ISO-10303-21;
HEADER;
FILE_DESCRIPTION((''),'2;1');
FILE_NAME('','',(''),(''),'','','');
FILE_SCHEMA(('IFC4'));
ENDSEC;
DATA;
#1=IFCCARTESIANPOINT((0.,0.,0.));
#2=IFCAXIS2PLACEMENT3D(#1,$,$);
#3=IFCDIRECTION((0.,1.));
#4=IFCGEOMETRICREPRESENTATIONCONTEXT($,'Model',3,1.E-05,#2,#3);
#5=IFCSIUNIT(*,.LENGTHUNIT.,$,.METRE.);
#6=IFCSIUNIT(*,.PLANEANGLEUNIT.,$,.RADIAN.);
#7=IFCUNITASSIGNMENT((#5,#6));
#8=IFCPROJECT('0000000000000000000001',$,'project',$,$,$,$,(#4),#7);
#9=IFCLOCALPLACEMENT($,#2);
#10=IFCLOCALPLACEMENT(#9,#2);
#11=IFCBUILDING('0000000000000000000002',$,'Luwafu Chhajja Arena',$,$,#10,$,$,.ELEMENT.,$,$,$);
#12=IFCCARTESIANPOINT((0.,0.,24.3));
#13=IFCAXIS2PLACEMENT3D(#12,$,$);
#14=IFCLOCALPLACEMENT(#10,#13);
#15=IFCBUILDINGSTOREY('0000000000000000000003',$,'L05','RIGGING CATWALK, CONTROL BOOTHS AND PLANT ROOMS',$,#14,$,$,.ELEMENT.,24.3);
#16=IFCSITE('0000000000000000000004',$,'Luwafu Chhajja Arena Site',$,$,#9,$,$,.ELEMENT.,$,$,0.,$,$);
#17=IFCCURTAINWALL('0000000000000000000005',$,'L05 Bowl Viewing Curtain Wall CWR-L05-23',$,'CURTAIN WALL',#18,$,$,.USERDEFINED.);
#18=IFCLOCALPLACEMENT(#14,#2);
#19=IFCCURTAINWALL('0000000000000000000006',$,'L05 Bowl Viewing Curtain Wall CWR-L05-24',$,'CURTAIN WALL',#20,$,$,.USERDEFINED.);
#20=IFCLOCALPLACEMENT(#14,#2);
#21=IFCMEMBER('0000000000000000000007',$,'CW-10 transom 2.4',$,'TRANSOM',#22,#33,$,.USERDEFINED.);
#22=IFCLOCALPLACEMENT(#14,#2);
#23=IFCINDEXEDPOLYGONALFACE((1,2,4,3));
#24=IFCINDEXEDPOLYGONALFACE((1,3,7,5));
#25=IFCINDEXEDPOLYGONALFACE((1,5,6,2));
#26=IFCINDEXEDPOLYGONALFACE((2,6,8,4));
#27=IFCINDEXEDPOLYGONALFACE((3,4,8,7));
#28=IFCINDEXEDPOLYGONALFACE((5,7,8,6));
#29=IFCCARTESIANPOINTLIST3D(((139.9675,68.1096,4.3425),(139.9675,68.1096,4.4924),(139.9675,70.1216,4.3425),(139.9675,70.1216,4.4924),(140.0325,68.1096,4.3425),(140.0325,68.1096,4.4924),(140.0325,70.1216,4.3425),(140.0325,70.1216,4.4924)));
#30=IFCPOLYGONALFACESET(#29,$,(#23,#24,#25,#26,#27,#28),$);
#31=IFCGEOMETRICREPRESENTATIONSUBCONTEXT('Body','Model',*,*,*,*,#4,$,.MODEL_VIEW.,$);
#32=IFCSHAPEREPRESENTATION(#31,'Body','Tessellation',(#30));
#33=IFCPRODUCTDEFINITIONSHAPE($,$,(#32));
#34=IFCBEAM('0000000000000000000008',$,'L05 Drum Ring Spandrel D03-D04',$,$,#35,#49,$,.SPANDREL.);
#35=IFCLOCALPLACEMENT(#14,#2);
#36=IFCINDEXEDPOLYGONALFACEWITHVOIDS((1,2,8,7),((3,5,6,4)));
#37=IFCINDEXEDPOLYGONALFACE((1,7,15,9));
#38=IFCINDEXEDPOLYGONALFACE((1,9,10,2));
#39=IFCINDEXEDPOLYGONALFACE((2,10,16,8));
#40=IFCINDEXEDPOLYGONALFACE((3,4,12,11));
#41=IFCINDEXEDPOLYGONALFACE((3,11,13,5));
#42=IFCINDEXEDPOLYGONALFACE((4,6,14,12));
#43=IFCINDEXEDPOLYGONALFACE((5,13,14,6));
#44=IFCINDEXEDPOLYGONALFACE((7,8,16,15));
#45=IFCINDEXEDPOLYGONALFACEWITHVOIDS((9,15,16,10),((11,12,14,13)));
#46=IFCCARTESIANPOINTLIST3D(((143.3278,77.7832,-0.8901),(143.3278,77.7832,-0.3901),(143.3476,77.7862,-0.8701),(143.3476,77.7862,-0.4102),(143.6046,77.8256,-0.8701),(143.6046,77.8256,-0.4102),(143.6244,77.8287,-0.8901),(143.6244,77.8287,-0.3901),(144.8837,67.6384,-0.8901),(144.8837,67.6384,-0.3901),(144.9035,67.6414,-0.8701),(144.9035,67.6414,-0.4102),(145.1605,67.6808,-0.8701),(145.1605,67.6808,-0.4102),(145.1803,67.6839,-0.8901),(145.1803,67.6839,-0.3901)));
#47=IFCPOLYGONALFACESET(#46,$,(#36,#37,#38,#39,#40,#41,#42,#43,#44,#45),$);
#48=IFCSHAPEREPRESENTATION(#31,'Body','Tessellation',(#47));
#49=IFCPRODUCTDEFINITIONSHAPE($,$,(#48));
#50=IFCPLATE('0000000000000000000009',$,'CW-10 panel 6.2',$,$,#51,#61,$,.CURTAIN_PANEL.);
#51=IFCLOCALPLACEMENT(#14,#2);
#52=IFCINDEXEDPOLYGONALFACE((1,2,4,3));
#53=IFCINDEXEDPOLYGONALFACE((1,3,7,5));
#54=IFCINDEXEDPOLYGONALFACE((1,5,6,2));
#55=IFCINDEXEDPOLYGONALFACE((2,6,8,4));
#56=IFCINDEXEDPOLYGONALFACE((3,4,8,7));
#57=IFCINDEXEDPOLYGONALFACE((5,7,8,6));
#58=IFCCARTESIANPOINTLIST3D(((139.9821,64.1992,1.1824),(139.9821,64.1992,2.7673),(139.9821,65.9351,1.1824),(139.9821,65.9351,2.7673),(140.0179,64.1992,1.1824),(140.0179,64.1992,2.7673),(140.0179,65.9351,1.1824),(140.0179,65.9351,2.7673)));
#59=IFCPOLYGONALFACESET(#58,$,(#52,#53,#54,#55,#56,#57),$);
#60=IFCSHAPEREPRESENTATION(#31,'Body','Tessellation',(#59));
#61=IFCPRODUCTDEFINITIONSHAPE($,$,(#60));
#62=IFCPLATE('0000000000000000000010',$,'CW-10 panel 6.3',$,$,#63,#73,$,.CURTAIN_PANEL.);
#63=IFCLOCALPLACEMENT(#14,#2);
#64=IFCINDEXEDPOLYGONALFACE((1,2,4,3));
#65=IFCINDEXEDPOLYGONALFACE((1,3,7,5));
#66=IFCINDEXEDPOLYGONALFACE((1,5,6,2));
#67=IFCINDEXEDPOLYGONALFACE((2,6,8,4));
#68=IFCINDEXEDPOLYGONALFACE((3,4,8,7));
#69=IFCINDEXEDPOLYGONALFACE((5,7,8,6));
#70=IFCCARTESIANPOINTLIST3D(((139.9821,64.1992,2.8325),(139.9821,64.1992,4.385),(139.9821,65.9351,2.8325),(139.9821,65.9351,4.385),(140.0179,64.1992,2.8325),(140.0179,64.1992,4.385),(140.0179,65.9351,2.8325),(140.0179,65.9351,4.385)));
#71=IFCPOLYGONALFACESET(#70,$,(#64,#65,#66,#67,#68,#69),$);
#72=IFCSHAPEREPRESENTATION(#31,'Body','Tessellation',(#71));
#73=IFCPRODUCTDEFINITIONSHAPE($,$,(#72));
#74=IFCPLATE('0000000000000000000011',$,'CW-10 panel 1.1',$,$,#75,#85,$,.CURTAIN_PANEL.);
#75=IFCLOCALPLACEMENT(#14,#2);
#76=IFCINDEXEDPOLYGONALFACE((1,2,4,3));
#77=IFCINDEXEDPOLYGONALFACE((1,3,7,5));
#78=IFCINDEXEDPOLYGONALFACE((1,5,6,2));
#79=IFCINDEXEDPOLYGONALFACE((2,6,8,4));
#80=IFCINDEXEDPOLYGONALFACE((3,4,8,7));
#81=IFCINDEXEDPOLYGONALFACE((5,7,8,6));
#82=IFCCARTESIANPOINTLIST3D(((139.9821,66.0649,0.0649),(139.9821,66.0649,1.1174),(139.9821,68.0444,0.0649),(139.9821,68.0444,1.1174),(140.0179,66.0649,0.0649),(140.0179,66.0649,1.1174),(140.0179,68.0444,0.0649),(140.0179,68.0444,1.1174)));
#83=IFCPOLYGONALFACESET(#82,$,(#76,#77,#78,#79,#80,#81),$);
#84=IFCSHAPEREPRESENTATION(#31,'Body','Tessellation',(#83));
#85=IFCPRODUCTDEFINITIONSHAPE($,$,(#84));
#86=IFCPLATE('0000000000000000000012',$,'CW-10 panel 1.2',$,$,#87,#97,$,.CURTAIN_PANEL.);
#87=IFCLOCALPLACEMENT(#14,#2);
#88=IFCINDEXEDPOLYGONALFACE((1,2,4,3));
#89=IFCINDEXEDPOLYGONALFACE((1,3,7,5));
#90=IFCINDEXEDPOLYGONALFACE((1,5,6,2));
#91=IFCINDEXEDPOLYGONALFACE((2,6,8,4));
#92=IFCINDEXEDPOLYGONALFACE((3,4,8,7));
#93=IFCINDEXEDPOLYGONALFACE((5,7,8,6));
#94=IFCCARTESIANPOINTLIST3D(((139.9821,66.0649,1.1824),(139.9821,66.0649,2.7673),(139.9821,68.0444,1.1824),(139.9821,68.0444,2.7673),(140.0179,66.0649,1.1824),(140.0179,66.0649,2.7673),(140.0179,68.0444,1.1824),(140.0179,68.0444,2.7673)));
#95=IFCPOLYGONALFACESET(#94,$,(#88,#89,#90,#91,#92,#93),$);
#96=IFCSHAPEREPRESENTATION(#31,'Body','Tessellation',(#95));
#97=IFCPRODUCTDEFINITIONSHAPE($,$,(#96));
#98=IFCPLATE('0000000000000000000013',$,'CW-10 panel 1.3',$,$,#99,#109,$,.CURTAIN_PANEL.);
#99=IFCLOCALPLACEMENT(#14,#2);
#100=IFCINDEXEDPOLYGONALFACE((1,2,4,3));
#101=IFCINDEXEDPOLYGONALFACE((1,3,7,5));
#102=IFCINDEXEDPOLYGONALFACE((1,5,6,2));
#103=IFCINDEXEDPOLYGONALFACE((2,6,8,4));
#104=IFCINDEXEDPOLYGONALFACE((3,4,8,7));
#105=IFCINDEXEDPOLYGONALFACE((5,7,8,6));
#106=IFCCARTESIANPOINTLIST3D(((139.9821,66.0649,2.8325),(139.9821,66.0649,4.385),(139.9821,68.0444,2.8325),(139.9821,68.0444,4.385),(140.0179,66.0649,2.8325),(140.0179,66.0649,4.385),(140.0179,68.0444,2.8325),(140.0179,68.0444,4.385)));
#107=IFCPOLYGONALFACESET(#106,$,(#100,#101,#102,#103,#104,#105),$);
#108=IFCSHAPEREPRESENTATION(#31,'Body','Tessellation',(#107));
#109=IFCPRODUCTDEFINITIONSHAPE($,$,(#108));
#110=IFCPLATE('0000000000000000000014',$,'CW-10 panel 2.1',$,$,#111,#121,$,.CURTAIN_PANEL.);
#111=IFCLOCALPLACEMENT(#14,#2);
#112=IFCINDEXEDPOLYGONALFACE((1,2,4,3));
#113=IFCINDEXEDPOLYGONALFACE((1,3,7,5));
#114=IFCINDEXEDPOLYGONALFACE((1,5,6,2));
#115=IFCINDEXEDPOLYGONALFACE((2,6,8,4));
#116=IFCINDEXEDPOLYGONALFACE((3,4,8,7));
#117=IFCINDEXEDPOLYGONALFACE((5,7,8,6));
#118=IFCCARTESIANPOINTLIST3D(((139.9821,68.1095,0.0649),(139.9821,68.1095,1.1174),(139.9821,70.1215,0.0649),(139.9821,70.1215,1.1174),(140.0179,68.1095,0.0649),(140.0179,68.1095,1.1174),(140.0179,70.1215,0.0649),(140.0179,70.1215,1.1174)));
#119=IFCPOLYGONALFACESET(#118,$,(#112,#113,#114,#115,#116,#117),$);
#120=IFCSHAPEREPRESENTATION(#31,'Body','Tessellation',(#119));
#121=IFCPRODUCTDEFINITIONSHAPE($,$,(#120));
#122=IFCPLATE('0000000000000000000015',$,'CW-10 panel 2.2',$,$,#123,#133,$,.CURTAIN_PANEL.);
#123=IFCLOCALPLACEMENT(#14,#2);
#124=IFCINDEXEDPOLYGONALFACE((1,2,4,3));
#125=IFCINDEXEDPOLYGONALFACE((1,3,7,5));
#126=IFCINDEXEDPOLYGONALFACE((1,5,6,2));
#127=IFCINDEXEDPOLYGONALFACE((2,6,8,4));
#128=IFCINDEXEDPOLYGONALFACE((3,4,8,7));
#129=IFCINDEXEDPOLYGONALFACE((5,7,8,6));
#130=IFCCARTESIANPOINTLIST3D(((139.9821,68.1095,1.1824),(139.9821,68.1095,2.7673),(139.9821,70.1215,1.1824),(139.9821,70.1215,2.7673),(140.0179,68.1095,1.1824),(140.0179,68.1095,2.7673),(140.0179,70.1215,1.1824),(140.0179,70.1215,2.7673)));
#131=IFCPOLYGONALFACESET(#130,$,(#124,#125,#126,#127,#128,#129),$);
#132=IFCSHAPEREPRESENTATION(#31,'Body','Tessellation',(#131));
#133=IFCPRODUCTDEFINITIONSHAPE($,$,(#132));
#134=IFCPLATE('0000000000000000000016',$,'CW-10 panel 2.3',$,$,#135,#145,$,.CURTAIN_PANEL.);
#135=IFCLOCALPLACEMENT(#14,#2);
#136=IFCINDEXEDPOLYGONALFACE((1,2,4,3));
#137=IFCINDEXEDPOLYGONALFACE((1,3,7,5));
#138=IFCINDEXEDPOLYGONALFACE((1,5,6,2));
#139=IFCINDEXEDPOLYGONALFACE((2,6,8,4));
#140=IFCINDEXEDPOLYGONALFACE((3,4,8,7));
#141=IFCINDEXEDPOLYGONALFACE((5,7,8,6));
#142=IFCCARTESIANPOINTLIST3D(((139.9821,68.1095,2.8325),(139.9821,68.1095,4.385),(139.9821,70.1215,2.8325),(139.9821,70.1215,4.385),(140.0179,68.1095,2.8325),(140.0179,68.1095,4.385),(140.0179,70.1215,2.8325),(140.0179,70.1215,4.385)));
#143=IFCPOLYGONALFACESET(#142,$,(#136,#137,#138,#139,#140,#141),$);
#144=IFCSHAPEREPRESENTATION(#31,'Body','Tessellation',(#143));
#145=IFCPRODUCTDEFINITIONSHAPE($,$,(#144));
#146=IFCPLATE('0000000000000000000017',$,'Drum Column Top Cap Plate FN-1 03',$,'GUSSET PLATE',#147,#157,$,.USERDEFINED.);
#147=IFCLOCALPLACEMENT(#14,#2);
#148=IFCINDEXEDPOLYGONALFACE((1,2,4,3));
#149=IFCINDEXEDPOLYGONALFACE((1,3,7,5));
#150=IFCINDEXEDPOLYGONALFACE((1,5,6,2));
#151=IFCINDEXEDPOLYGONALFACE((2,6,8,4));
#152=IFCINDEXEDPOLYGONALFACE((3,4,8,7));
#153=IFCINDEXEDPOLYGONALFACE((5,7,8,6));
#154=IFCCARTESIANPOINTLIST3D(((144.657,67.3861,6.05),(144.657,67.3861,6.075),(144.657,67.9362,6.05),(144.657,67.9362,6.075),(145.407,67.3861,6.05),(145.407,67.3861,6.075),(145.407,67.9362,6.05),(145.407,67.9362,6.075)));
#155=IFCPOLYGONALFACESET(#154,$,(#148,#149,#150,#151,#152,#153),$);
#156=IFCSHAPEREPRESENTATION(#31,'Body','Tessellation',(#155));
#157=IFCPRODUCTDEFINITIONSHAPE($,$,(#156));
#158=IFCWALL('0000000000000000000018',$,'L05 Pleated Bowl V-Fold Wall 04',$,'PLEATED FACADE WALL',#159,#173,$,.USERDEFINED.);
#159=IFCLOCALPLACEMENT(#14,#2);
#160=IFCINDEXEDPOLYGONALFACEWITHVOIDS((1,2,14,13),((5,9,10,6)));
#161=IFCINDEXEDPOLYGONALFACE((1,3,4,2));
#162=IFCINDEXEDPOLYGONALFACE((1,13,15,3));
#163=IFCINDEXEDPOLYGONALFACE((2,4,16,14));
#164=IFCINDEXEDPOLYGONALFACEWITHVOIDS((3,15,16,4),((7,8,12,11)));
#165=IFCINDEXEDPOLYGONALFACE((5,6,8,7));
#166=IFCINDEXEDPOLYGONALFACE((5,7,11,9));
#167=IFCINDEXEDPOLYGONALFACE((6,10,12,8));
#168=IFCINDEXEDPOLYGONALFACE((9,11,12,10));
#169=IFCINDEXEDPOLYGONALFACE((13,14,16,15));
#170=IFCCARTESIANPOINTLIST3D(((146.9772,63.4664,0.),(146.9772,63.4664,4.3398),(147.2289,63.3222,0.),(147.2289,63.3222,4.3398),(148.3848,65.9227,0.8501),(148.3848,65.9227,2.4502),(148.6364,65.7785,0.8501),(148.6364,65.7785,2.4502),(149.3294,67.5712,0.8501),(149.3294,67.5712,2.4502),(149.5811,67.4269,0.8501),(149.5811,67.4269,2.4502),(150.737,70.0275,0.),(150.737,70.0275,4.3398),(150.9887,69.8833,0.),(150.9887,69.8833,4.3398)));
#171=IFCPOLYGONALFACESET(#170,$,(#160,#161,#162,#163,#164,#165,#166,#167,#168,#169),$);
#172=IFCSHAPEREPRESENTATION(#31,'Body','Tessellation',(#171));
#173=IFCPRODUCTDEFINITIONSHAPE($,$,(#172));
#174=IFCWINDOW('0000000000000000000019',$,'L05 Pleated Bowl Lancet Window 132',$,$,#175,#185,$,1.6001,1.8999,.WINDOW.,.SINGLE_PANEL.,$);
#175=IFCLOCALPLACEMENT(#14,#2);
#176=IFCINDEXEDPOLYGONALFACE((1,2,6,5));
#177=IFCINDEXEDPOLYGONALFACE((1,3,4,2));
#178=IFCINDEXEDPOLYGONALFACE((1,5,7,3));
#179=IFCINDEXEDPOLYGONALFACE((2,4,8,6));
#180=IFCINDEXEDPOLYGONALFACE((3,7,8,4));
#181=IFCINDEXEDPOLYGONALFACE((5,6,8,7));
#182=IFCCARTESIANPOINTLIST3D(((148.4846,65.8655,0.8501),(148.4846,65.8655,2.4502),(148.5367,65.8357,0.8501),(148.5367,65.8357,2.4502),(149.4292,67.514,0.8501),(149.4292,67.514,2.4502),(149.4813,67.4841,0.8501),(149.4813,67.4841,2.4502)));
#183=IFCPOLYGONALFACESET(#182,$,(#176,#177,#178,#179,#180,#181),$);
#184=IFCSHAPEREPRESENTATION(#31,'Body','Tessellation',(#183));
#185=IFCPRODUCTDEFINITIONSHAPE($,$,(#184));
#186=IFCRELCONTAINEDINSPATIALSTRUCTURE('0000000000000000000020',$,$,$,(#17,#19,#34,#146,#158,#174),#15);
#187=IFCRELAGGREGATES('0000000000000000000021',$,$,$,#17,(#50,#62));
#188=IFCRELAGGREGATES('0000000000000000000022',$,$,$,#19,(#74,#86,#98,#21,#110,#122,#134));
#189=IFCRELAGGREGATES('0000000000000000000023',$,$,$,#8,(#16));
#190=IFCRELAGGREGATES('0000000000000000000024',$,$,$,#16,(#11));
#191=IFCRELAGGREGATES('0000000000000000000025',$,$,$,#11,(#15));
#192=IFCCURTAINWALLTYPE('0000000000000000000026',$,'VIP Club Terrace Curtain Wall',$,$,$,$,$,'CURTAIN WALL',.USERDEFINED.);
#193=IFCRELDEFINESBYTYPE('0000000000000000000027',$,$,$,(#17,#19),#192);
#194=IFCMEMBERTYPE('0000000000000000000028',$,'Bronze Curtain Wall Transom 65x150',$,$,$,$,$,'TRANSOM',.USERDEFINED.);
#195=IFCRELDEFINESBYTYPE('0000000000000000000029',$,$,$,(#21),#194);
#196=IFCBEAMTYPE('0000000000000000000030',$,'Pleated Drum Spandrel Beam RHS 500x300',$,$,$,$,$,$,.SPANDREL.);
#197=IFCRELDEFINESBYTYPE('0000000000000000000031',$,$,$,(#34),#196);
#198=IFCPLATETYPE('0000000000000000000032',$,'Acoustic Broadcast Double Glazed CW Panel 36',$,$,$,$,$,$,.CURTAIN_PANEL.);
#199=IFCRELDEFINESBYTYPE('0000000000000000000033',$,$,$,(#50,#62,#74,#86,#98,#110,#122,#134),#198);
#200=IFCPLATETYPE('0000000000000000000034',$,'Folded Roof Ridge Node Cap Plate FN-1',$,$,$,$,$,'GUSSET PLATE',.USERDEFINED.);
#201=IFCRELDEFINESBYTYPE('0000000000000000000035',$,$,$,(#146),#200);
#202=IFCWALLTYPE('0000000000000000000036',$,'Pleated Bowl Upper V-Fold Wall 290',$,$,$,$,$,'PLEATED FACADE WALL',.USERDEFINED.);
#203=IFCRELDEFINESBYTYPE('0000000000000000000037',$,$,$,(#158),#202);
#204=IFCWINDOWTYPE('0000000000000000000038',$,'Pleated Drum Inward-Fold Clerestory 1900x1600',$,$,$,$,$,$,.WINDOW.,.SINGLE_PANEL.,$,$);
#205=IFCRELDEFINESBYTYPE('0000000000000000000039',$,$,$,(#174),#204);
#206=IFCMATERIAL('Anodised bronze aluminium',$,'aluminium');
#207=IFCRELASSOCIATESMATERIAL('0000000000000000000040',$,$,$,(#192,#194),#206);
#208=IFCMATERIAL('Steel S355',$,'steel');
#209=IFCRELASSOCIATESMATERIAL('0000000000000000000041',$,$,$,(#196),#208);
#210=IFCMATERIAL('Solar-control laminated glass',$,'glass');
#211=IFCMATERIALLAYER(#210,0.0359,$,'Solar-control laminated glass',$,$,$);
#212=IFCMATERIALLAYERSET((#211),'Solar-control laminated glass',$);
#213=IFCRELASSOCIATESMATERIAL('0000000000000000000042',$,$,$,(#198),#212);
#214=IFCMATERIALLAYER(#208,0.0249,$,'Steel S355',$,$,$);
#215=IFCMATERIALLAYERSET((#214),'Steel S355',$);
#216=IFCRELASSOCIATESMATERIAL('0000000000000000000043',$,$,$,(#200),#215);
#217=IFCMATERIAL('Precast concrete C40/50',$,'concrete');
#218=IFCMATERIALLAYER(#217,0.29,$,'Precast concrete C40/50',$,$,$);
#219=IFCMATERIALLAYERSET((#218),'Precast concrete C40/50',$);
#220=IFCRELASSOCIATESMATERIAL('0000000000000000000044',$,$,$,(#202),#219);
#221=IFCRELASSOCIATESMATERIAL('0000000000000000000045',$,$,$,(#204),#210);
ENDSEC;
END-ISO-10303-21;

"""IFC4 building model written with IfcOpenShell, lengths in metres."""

from ifc_helpers import new_model, si_unit, direction, frame, frame_2d, origin, origin_2d, place, context, subcontext, project, spatial, rectangle, hollow_rectangle, extrude, material, layer, layer_set, material_profile, profile_set, type_object, element, fill, aggregate, save


model = new_model("IFC4")

# Units and contexts
model_context = context("Model", 3, precision=1e-05, world=origin(), true_north=direction((0.0, 1.0)))
body_context = subcontext(model_context, "Body", "Model", "MODEL_VIEW")
ifc_project = project(units=[si_unit("LENGTHUNIT", "METRE"), si_unit("PLANEANGLEUNIT", "RADIAN")], contexts=[model_context])

# Site, building, storey
site_placement = place(None, origin())
site = spatial("IfcSite", under=ifc_project, at=site_placement, Name="Luwafu Chhajja Arena Site", CompositionType="ELEMENT", RefElevation=0.0)
building_placement = place(site_placement, origin())
building = spatial("IfcBuilding", under=site, at=building_placement, Name="Luwafu Chhajja Arena", CompositionType="ELEMENT")
storey_placement = place(building_placement, frame((0.0, 0.0, 24.3)))
storey = spatial("IfcBuildingStorey", under=building, at=storey_placement, Name="L05", Description="RIGGING CATWALK, CONTROL BOOTHS AND PLANT ROOMS", CompositionType="ELEMENT", Elevation=24.3)

# Shared definitions
ifc_material_1 = material(Name="Steel S355", Category="steel")

# Curtain wall
ifc_material_2 = material(Name="Anodised bronze aluminium", Category="aluminium")
curtain_wall_type = type_object("IfcCurtainWallType", Name="VIP Club Terrace Curtain Wall", ElementType="CURTAIN WALL", PredefinedType="USERDEFINED", material=ifc_material_2)
curtain_wall_1_placement = place(storey_placement, origin())
curtain_wall_1 = element("IfcCurtainWall", 1, at=curtain_wall_1_placement, inside=storey, type_object=curtain_wall_type, Name="L05 Bowl Viewing Curtain Wall CWR-L05-23", ObjectType="CURTAIN WALL", PredefinedType="USERDEFINED")

# Curtain wall, member
curtain_wall_2_placement = place(storey_placement, origin())
curtain_wall_2 = element("IfcCurtainWall", 2, at=curtain_wall_2_placement, inside=storey, type_object=curtain_wall_type, Name="L05 Bowl Viewing Curtain Wall CWR-L05-24", ObjectType="CURTAIN WALL", PredefinedType="USERDEFINED")
ifc_material_profile_1 = material_profile(ifc_material_2, rectangle(XDim=0.0649, YDim=0.1499, at=origin_2d()), Name="CWT 65x150")
ifc_profile_set_1 = profile_set([ifc_material_profile_1], Name="Anodised bronze aluminium")
member_type_1 = type_object("IfcMemberType", Name="Bronze Curtain Wall Transom 65x150", ElementType="TRANSOM", PredefinedType="USERDEFINED", material=ifc_profile_set_1)
member_1_placement = place(storey_placement, frame((140.0, 68.1096, 4.4175), z_axis=(0.0, 1.0, 0.0), x_axis=(-1.0, 0.0, 0.0)))
member_1 = element("IfcMember", 3, at=member_1_placement, type_object=member_type_1, Name="CW-10 transom 2.4", ObjectType="TRANSOM", PredefinedType="USERDEFINED", context=body_context, shape_type="SweptSolid", body=[
    extrude(rectangle(XDim=0.0649, YDim=0.1499, at=origin_2d()), origin(), (0.0, 0.0, 1.0), 2.012),
])

# Beam
ifc_material_profile_2 = material_profile(ifc_material_1, hollow_rectangle(XDim=0.3, YDim=0.5, WallThickness=0.02, at=origin_2d()), Name="RHS 500x300x20")
ifc_profile_set_2 = profile_set([ifc_material_profile_2], Name="Steel S355")
beam_type = type_object("IfcBeamType", Name="Pleated Drum Spandrel Beam RHS 500x300", PredefinedType="SPANDREL", material=ifc_profile_set_2)
beam_placement = place(storey_placement, frame((145.032, 67.6611, -0.6401), z_axis=(-0.151598, 0.988442, 0.0), x_axis=(-0.988442, -0.151598, 0.0)))
element("IfcBeam", 4, at=beam_placement, inside=storey, type_object=beam_type, Name="L05 Drum Ring Spandrel D03-D04", PredefinedType="SPANDREL", context=body_context, shape_type="SweptSolid", body=[
    extrude(hollow_rectangle(XDim=0.3, YDim=0.5, WallThickness=0.02, at=origin_2d()), origin(), (0.0, 0.0, 1.0), 10.2634),
])

# Plates
ifc_material_3 = material(Name="Solar-control laminated glass", Category="glass")
ifc_layer_1 = layer(ifc_material_3, 0.0359, Name="Solar-control laminated glass")
ifc_layer_set_1 = layer_set([ifc_layer_1], Name="Solar-control laminated glass")
plate_type_1 = type_object("IfcPlateType", Name="Acoustic Broadcast Double Glazed CW Panel 36", PredefinedType="CURTAIN_PANEL", material=ifc_layer_set_1)
plate_1_placement = place(storey_placement, frame((140.0, 65.0671, 1.1824), z_axis=(0.0, 0.0, 1.0), x_axis=(0.0, 1.0, 0.0)))
plate_1 = element("IfcPlate", 5, at=plate_1_placement, type_object=plate_type_1, Name="CW-10 panel 6.2", PredefinedType="CURTAIN_PANEL", context=body_context, shape_type="SweptSolid", body=[
    extrude(rectangle(XDim=1.7358, YDim=0.0359, at=origin_2d()), origin(), (0.0, 0.0, 1.0), 1.585),
])
plate_2_placement = place(storey_placement, frame((140.0, 65.0671, 2.8325), z_axis=(0.0, 0.0, 1.0), x_axis=(0.0, 1.0, 0.0)))
plate_2 = element("IfcPlate", 6, at=plate_2_placement, type_object=plate_type_1, Name="CW-10 panel 6.3", PredefinedType="CURTAIN_PANEL", context=body_context, shape_type="SweptSolid", body=[
    extrude(rectangle(XDim=1.7358, YDim=0.0359, at=origin_2d()), origin(), (0.0, 0.0, 1.0), 1.5525),
])
aggregate(curtain_wall_1, [plate_1, plate_2])
plate_3_placement = place(storey_placement, frame((140.0, 67.0547, 0.0649), z_axis=(0.0, 0.0, 1.0), x_axis=(0.0, 1.0, 0.0)))
plate_3 = element("IfcPlate", 7, at=plate_3_placement, type_object=plate_type_1, Name="CW-10 panel 1.1", PredefinedType="CURTAIN_PANEL", context=body_context, shape_type="SweptSolid", body=[
    extrude(rectangle(XDim=1.9795, YDim=0.0359, at=origin_2d()), origin(), (0.0, 0.0, 1.0), 1.0525),
])
plate_4_placement = place(storey_placement, frame((140.0, 67.0547, 1.1824), z_axis=(0.0, 0.0, 1.0), x_axis=(0.0, 1.0, 0.0)))
plate_4 = element("IfcPlate", 8, at=plate_4_placement, type_object=plate_type_1, Name="CW-10 panel 1.2", PredefinedType="CURTAIN_PANEL", context=body_context, shape_type="SweptSolid", body=[
    extrude(rectangle(XDim=1.9795, YDim=0.0359, at=origin_2d()), origin(), (0.0, 0.0, 1.0), 1.585),
])
plate_5_placement = place(storey_placement, frame((140.0, 67.0547, 2.8325), z_axis=(0.0, 0.0, 1.0), x_axis=(0.0, 1.0, 0.0)))
plate_5 = element("IfcPlate", 9, at=plate_5_placement, type_object=plate_type_1, Name="CW-10 panel 1.3", PredefinedType="CURTAIN_PANEL", context=body_context, shape_type="SweptSolid", body=[
    extrude(rectangle(XDim=1.9795, YDim=0.0359, at=origin_2d()), origin(), (0.0, 0.0, 1.0), 1.5525),
])
plate_6_placement = place(storey_placement, frame((140.0, 69.1155, 0.0649), z_axis=(0.0, 0.0, 1.0), x_axis=(0.0, 1.0, 0.0)))
plate_6 = element("IfcPlate", 10, at=plate_6_placement, type_object=plate_type_1, Name="CW-10 panel 2.1", PredefinedType="CURTAIN_PANEL", context=body_context, shape_type="SweptSolid", body=[
    extrude(rectangle(XDim=2.012, YDim=0.0359, at=origin_2d()), origin(), (0.0, 0.0, 1.0), 1.0525),
])
plate_7_placement = place(storey_placement, frame((140.0, 69.1155, 1.1824), z_axis=(0.0, 0.0, 1.0), x_axis=(0.0, 1.0, 0.0)))
plate_7 = element("IfcPlate", 11, at=plate_7_placement, type_object=plate_type_1, Name="CW-10 panel 2.2", PredefinedType="CURTAIN_PANEL", context=body_context, shape_type="SweptSolid", body=[
    extrude(rectangle(XDim=2.012, YDim=0.0359, at=origin_2d()), origin(), (0.0, 0.0, 1.0), 1.585),
])
plate_8_placement = place(storey_placement, frame((140.0, 69.1155, 2.8325), z_axis=(0.0, 0.0, 1.0), x_axis=(0.0, 1.0, 0.0)))
plate_8 = element("IfcPlate", 12, at=plate_8_placement, type_object=plate_type_1, Name="CW-10 panel 2.3", PredefinedType="CURTAIN_PANEL", context=body_context, shape_type="SweptSolid", body=[
    extrude(rectangle(XDim=2.012, YDim=0.0359, at=origin_2d()), origin(), (0.0, 0.0, 1.0), 1.5525),
])
aggregate(curtain_wall_2, [plate_3, plate_4, plate_5, member_1, plate_6, plate_7, plate_8])
ifc_layer_2 = layer(ifc_material_1, 0.0249, Name="Steel S355")
ifc_layer_set_2 = layer_set([ifc_layer_2], Name="Steel S355")
plate_type_2 = type_object("IfcPlateType", Name="Folded Roof Ridge Node Cap Plate FN-1", ElementType="GUSSET PLATE", PredefinedType="USERDEFINED", material=ifc_layer_set_2)
plate_9_placement = place(storey_placement, frame((145.032, 67.6611, 6.05), z_axis=(0.0, 0.0, 1.0), x_axis=(1.0, 0.0, 0.0)))
element("IfcPlate", 13, at=plate_9_placement, inside=storey, type_object=plate_type_2, Name="Drum Column Top Cap Plate FN-1 03", ObjectType="GUSSET PLATE", PredefinedType="USERDEFINED", context=body_context, shape_type="SweptSolid", body=[
    extrude(rectangle(XDim=0.75, YDim=0.55, at=origin_2d()), origin(), (0.0, 0.0, 1.0), 0.0249),
])

# Wall, opening, window
ifc_material_4 = material(Name="Precast concrete C40/50", Category="concrete")
ifc_layer_3 = layer(ifc_material_4, 0.29, Name="Precast concrete C40/50")
ifc_layer_set_3 = layer_set([ifc_layer_3], Name="Precast concrete C40/50")
wall_type = type_object("IfcWallType", Name="Pleated Bowl Upper V-Fold Wall 290", ElementType="PLEATED FACADE WALL", PredefinedType="USERDEFINED", material=ifc_layer_set_3)
wall_1_placement = place(storey_placement, frame((147.103, 63.3943, 0.0), z_axis=(0.0, 0.0, 1.0), x_axis=(0.497196, 0.867639, 0.0)))
wall_1 = element("IfcWall", 14, at=wall_1_placement, inside=storey, type_object=wall_type, Name="L05 Pleated Bowl V-Fold Wall 04", ObjectType="PLEATED FACADE WALL", PredefinedType="USERDEFINED", context=body_context, shape_type="SweptSolid", body=[
    extrude(rectangle(XDim=7.562, YDim=0.29, at=frame_2d((3.781, 0.0))), origin(), (0.0, 0.0, 1.0), 4.3398),
])
opening_1_placement = place(wall_1_placement, frame((2.8311, 0.0, 0.8501)))
opening_1 = element("IfcOpeningElement", 15, at=opening_1_placement, cuts=wall_1, PredefinedType="OPENING", context=body_context, shape_type="SweptSolid", body=[
    extrude(rectangle(XDim=1.8999, YDim=1.6001, at=frame_2d((0.95, 0.8))), frame((0.0, 0.155, 0.0), z_axis=(0.0, -1.0, 0.0), x_axis=(1.0, 0.0, 0.0)), (0.0, 0.0, 1.0), 0.3101),
])
window_type_1 = type_object("IfcWindowType", Name="Pleated Drum Inward-Fold Clerestory 1900x1600", PartitioningType="SINGLE_PANEL", PredefinedType="WINDOW", material=ifc_material_3)
window_1_placement = place(opening_1_placement, origin())
window_1 = element("IfcWindow", 16, at=window_1_placement, inside=storey, type_object=window_type_1, Name="L05 Pleated Bowl Lancet Window 132", OverallHeight=1.6001, OverallWidth=1.8999, PartitioningType="SINGLE_PANEL", PredefinedType="WINDOW", context=body_context, shape_type="SweptSolid", body=[
    extrude(rectangle(XDim=1.8999, YDim=1.6001, at=frame_2d((0.95, 0.8))), frame((0.0, 0.03, 0.0), z_axis=(0.0, -1.0, 0.0), x_axis=(1.0, 0.0, 0.0)), (0.0, 0.0, 1.0), 0.0601),
])
fill(opening_1, window_1)

save(model, "model.ifc")
